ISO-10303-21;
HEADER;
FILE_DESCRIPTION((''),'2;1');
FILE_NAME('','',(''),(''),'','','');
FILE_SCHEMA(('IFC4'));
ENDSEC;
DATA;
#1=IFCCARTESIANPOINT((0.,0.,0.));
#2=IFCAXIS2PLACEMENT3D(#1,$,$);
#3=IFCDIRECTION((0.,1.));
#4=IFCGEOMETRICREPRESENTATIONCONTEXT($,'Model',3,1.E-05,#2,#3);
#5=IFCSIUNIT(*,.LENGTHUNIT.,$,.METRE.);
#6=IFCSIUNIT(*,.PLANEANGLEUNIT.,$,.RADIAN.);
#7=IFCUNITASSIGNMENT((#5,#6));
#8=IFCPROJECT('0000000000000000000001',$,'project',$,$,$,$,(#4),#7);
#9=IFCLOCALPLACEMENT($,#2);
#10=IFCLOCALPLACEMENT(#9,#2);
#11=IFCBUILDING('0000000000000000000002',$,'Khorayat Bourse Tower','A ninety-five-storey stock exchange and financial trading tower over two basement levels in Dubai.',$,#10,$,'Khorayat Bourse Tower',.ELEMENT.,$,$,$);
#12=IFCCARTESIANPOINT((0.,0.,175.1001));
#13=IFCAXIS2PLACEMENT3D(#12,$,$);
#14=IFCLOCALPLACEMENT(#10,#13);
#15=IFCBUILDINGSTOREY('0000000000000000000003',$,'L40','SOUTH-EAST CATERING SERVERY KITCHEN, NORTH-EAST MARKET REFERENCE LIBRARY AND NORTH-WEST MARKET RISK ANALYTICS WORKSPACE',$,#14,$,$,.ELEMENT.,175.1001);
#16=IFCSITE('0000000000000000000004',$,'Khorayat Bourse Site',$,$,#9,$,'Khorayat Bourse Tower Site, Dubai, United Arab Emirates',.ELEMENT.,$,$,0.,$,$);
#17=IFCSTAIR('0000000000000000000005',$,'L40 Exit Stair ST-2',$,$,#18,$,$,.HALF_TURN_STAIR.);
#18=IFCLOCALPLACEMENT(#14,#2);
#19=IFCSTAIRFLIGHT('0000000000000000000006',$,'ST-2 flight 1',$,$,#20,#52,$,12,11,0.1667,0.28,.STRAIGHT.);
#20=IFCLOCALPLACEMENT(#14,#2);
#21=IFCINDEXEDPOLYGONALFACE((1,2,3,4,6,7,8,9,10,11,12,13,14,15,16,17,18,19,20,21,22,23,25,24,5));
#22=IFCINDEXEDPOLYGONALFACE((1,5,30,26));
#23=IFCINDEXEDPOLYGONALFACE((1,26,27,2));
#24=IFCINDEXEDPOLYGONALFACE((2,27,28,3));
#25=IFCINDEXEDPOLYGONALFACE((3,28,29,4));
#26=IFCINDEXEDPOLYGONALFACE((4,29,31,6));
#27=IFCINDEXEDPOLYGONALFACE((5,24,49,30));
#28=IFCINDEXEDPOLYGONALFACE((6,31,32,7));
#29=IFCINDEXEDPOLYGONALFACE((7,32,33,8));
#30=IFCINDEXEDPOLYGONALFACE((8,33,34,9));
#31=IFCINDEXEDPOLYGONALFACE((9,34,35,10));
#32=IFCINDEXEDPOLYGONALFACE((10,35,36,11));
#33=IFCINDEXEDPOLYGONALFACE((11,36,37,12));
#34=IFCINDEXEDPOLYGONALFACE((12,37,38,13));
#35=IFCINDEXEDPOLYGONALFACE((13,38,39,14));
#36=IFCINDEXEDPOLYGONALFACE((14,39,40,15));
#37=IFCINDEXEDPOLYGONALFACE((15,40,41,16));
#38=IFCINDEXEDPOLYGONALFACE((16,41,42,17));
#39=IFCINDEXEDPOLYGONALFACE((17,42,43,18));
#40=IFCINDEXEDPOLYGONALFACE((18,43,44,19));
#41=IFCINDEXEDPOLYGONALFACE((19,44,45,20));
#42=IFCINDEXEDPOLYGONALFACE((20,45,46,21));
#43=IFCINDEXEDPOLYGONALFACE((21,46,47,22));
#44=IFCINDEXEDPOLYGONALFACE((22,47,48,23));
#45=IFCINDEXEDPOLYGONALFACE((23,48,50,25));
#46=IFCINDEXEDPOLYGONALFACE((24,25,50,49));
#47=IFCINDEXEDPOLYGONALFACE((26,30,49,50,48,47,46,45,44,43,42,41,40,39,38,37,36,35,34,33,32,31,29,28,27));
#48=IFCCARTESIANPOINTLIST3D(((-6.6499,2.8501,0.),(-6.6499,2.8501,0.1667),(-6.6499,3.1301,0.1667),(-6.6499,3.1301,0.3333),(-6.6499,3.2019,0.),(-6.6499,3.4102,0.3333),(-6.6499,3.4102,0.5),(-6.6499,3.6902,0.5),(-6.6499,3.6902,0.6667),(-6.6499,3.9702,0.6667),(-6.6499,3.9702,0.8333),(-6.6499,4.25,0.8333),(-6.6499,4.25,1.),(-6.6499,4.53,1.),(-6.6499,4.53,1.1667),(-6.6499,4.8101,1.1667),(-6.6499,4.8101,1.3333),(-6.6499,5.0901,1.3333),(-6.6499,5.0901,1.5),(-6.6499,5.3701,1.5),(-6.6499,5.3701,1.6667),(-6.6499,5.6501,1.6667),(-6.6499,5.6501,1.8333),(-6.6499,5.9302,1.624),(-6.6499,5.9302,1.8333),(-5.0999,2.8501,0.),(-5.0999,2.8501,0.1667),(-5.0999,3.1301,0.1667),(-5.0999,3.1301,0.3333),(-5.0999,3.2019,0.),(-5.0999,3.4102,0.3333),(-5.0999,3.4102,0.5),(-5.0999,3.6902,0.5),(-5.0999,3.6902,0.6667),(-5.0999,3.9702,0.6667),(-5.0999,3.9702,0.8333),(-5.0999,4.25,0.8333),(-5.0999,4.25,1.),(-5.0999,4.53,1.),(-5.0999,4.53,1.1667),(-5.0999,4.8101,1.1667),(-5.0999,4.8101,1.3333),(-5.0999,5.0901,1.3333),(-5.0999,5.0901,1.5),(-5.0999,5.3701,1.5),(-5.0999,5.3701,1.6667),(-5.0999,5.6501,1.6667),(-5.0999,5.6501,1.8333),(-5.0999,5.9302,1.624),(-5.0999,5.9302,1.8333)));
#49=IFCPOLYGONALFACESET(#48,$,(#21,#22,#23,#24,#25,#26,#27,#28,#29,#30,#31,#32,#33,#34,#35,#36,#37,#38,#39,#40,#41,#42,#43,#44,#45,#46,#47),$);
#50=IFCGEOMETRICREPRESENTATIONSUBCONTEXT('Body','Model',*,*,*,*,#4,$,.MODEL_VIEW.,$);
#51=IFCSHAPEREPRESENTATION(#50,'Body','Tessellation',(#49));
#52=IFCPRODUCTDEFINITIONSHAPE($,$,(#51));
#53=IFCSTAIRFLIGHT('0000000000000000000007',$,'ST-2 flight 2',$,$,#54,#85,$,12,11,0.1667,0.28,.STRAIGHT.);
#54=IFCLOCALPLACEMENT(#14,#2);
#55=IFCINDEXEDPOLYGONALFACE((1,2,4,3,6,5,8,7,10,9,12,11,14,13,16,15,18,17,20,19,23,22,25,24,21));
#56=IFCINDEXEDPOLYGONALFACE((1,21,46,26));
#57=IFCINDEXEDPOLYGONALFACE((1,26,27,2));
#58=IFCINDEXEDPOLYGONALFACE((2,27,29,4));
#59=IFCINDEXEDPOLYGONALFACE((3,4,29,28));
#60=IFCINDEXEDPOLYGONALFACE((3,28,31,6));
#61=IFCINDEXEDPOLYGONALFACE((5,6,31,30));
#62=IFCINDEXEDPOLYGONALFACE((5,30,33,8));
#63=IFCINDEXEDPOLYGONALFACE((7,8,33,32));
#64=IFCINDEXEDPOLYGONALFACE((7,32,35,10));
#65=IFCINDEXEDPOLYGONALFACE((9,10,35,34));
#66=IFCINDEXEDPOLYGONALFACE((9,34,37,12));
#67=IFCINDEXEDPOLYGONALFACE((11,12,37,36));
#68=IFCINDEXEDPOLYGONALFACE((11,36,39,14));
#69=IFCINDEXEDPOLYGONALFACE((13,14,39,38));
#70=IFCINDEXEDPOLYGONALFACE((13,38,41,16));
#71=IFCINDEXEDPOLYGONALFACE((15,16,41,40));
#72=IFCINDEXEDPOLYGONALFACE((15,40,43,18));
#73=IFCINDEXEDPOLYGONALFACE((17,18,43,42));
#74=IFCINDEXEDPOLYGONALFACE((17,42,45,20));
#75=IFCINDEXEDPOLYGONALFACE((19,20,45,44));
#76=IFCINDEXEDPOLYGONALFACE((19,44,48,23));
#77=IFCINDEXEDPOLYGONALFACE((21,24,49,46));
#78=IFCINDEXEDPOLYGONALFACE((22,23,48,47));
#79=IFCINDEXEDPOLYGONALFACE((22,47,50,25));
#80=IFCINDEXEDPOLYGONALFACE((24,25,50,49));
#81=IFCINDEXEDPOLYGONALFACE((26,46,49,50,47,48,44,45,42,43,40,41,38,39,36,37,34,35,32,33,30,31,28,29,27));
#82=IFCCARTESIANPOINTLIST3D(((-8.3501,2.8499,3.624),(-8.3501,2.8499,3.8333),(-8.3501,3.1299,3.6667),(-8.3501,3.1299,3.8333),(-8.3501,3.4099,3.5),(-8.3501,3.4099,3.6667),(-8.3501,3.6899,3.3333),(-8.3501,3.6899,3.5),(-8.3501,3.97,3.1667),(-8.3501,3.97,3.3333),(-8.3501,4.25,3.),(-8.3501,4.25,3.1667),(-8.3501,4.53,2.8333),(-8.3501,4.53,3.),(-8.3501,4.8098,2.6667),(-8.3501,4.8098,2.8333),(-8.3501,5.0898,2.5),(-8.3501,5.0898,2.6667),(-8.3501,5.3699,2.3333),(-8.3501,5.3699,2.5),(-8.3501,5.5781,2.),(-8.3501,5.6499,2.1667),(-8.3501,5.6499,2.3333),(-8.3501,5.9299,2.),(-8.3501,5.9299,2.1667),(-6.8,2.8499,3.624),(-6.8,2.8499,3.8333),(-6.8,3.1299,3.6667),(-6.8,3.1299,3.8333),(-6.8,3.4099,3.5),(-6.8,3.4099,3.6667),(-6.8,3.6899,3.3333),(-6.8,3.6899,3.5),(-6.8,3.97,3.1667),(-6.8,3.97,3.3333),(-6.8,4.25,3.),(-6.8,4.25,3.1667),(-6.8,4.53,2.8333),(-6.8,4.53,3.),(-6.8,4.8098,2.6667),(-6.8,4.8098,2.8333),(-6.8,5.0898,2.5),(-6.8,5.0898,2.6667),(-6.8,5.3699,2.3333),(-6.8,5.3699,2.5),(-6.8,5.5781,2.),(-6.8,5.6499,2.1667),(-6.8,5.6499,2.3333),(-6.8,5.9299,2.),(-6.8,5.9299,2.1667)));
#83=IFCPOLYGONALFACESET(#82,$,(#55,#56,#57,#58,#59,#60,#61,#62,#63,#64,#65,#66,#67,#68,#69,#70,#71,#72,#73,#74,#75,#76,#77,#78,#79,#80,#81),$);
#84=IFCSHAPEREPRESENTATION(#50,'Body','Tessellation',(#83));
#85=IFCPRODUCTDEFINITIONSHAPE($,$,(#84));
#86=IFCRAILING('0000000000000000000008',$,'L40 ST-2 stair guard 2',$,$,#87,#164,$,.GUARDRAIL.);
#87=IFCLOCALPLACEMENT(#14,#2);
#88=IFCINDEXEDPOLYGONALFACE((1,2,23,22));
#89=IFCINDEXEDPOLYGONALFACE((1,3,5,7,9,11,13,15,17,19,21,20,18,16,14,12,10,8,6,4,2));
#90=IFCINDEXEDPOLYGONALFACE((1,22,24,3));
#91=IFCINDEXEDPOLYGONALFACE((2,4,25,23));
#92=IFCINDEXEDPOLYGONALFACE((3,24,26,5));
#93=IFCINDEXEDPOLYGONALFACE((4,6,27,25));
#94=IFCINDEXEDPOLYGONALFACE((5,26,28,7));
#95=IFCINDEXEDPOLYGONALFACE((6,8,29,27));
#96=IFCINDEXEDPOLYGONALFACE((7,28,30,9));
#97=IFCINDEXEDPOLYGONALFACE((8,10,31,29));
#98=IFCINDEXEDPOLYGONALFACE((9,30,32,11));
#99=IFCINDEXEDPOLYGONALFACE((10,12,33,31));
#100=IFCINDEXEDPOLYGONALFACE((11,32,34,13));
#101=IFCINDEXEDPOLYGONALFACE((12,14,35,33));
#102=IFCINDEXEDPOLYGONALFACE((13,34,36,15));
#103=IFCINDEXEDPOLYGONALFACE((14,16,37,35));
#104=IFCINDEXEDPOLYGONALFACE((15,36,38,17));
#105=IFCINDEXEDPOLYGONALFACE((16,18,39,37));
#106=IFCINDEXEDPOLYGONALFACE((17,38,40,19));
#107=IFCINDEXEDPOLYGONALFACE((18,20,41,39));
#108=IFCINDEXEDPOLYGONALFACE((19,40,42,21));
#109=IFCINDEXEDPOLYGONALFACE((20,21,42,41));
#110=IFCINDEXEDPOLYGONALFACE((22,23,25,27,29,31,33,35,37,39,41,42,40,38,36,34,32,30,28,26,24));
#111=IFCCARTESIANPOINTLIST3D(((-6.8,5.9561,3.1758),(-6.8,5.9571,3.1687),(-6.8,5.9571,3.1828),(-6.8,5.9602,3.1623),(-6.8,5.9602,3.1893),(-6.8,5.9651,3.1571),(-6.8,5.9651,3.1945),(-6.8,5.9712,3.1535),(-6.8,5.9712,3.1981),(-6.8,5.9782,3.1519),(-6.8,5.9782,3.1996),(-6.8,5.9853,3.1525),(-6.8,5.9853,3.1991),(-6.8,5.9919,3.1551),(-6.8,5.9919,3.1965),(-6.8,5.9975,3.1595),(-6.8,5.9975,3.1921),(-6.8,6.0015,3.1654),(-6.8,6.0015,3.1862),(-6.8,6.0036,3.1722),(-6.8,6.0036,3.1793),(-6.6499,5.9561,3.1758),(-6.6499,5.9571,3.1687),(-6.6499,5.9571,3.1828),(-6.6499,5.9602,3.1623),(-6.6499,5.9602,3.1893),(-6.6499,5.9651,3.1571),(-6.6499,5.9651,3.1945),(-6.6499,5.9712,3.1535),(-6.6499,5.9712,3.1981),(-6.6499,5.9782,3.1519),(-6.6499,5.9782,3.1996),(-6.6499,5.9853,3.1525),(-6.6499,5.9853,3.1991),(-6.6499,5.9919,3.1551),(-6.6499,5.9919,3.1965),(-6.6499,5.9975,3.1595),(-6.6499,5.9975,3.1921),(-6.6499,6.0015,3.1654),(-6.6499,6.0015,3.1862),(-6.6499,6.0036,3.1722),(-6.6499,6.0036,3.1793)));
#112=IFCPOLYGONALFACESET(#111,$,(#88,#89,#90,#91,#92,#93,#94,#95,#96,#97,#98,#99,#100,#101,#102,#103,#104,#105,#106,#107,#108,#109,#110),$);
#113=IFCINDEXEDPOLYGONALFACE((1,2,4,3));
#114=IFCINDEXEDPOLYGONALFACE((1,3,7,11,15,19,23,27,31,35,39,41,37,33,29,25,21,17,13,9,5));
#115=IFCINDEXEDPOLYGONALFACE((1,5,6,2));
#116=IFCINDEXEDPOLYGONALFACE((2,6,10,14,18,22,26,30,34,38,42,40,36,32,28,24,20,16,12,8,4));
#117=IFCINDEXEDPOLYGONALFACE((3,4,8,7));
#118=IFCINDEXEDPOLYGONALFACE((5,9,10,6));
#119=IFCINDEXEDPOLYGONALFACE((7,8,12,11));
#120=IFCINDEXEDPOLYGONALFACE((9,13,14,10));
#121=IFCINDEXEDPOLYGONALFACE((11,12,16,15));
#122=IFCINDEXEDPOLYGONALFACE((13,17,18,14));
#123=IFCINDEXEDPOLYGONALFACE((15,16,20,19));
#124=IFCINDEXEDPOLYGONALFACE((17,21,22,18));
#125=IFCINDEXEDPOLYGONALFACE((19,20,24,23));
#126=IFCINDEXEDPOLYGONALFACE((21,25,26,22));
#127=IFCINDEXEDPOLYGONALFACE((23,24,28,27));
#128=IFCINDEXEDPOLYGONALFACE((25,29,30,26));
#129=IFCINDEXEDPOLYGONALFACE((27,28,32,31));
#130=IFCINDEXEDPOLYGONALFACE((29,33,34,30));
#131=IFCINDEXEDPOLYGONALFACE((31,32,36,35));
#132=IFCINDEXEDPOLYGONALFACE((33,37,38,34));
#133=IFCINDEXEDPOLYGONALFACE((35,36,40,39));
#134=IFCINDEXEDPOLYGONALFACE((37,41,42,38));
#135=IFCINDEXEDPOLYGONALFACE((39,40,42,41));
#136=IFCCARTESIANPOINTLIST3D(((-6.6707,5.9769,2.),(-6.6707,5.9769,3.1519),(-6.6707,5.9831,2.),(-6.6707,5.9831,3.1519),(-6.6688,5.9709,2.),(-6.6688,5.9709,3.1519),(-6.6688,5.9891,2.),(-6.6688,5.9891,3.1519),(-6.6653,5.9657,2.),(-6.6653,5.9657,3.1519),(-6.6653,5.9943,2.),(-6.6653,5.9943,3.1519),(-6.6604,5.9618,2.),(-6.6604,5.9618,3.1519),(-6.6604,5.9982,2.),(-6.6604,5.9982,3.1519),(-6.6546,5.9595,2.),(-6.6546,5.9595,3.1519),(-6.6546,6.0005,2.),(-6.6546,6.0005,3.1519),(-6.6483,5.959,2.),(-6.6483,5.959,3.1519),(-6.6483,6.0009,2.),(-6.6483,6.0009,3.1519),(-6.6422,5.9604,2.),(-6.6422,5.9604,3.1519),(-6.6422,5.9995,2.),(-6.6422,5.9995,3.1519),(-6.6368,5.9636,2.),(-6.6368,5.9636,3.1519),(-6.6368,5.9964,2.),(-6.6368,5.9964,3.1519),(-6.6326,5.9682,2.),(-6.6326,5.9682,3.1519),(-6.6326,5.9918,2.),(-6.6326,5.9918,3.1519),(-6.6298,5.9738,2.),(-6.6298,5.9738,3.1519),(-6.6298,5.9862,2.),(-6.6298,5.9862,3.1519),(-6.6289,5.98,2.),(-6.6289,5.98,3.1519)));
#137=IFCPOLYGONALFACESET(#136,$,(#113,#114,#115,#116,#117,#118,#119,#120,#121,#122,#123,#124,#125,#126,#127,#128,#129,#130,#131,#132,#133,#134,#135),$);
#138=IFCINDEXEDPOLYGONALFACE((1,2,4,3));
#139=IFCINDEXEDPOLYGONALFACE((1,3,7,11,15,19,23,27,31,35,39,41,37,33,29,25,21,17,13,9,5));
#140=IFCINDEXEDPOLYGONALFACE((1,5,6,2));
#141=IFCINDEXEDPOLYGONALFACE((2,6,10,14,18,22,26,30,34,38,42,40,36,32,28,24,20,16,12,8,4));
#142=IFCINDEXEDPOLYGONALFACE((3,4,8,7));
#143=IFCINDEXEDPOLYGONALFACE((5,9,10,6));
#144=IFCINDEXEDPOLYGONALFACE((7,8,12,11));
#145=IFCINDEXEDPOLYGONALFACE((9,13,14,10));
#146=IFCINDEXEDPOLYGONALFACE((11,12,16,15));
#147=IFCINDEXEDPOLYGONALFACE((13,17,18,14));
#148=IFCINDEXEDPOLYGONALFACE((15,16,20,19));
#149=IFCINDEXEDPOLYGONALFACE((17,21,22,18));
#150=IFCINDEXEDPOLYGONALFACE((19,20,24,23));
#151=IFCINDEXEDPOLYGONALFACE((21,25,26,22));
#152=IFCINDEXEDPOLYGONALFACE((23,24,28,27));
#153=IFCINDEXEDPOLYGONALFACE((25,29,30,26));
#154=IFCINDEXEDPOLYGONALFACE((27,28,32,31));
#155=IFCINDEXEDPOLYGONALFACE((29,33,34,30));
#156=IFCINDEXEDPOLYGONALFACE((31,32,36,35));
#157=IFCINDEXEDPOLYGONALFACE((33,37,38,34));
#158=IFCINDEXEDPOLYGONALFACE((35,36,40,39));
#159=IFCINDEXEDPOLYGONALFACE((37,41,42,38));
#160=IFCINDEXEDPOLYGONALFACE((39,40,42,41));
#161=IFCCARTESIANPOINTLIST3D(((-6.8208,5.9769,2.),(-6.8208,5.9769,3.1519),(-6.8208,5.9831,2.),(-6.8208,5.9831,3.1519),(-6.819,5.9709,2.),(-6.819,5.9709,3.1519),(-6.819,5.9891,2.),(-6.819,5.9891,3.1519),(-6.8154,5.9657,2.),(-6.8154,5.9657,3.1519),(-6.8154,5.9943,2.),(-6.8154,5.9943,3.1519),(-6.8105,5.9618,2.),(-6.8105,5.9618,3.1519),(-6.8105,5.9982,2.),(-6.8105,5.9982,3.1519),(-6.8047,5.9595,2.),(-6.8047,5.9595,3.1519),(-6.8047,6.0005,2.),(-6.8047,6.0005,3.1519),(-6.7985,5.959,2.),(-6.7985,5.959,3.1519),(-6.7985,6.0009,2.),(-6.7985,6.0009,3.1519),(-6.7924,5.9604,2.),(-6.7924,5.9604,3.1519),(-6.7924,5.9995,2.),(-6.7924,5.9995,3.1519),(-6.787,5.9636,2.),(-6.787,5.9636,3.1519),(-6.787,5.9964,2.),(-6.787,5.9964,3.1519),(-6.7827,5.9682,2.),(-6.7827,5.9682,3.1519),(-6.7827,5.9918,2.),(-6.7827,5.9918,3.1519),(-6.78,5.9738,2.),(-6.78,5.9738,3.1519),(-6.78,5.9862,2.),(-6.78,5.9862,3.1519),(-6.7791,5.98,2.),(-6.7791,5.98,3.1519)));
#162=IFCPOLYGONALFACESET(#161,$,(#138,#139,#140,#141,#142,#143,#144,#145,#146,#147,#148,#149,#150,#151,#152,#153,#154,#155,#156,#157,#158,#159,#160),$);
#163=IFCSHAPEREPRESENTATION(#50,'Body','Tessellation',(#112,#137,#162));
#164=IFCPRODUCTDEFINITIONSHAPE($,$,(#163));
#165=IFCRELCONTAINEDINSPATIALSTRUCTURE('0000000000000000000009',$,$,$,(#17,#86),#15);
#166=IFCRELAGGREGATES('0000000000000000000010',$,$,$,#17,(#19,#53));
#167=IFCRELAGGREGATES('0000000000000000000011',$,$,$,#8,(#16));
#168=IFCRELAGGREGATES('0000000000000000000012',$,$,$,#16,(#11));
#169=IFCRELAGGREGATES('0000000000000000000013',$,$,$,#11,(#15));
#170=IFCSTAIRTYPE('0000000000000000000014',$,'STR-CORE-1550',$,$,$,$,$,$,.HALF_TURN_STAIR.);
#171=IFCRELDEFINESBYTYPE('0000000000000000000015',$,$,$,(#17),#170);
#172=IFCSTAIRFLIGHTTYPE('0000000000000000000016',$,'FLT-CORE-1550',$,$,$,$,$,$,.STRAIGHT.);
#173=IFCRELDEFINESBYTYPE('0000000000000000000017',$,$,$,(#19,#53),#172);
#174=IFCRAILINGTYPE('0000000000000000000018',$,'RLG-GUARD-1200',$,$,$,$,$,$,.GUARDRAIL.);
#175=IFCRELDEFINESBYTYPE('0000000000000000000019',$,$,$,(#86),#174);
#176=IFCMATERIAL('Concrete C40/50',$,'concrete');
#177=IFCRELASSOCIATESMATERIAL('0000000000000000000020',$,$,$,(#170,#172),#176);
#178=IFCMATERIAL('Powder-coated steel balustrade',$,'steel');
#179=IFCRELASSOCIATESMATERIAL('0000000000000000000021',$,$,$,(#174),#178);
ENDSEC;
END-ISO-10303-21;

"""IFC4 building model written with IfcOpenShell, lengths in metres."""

from ifc_helpers import new_model, si_unit, direction, frame, origin, origin_2d, place, context, subcontext, project, spatial, polyline, circle, outline, extrude, source, transform, mapped, material, type_object, element, aggregate, save


model = new_model("IFC4")

# Units and contexts
model_context = context("Model", 3, precision=1e-05, world=origin(), true_north=direction((0.0, 1.0)))
body_context = subcontext(model_context, "Body", "Model", "MODEL_VIEW")
ifc_project = project(units=[si_unit("LENGTHUNIT", "METRE"), si_unit("PLANEANGLEUNIT", "RADIAN")], contexts=[model_context])

# Site, building, storey
site_placement = place(None, origin())
site = spatial("IfcSite", under=ifc_project, at=site_placement, Name="Khorayat Bourse Site", LongName="Khorayat Bourse Tower Site, Dubai, United Arab Emirates", CompositionType="ELEMENT", RefElevation=0.0)
building_placement = place(site_placement, origin())
building = spatial("IfcBuilding", under=site, at=building_placement, Name="Khorayat Bourse Tower", Description="A ninety-five-storey stock exchange and financial trading tower over two basement levels in Dubai.", LongName="Khorayat Bourse Tower", CompositionType="ELEMENT")
storey_placement = place(building_placement, frame((0.0, 0.0, 175.1001)))
storey = spatial("IfcBuildingStorey", under=building, at=storey_placement, Name="L40", Description="SOUTH-EAST CATERING SERVERY KITCHEN, NORTH-EAST MARKET REFERENCE LIBRARY AND NORTH-WEST MARKET RISK ANALYTICS WORKSPACE", CompositionType="ELEMENT", Elevation=175.1001)

# Stair, stair flights
ifc_material_1 = material(Name="Concrete C40/50", Category="concrete")
stair_type = type_object("IfcStairType", Name="STR-CORE-1550", PredefinedType="HALF_TURN_STAIR", material=ifc_material_1)
stair_placement = place(storey_placement, origin())
stair = element("IfcStair", 1, at=stair_placement, inside=storey, type_object=stair_type, Name="L40 Exit Stair ST-2", PredefinedType="HALF_TURN_STAIR")
stair_flight_type = type_object("IfcStairFlightType", Name="FLT-CORE-1550", PredefinedType="STRAIGHT", material=ifc_material_1)
shared_shape_1 = source(origin(), body_context, "Body", "SweptSolid", [
    extrude(outline(polyline([(0.0, 0.0), (0.0, 0.1667), (0.28, 0.1667), (0.28, 0.3333), (0.5601, 0.3333), (0.5601, 0.5), (0.8401, 0.5), (0.8401, 0.6667), (1.1201, 0.6667), (1.1201, 0.8333), (1.3999, 0.8333), (1.3999, 1.0), (1.6799, 1.0), (1.6799, 1.1667), (1.96, 1.1667), (1.96, 1.3333), (2.24, 1.3333), (2.24, 1.5), (2.52, 1.5), (2.52, 1.6667), (2.8, 1.6667), (2.8, 1.8333), (3.0801, 1.8333), (3.0801, 2.0), (3.0801, 1.624), (0.3518, 0.0), (0.0, 0.0)])), frame((0.0, 0.7749, 0.0), z_axis=(0.0, -1.0, 0.0), x_axis=(1.0, 0.0, 0.0)), (0.0, 0.0, 1.0), 1.55),
])
stair_flight_1_placement = place(storey_placement, frame((-5.875, 2.8501, 0.0), z_axis=(0.0, 0.0, 1.0), x_axis=(0.0, 1.0, 0.0)))
stair_flight_1 = element("IfcStairFlight", 2, at=stair_flight_1_placement, type_object=stair_flight_type, Name="ST-2 flight 1", NumberOfRisers=12, NumberOfTreads=11, PredefinedType="STRAIGHT", RiserHeight=0.1667, TreadLength=0.28, context=body_context, shape_type="MappedRepresentation", body=[
    mapped(shared_shape_1, transform((0.0, 0.0, 0.0), scale=1.0)),
])
stair_flight_2_placement = place(storey_placement, frame((-7.575, 5.9299, 2.0), z_axis=(0.0, 0.0, 1.0), x_axis=(0.0, -1.0, 0.0)))
stair_flight_2 = element("IfcStairFlight", 3, at=stair_flight_2_placement, type_object=stair_flight_type, Name="ST-2 flight 2", NumberOfRisers=12, NumberOfTreads=11, PredefinedType="STRAIGHT", RiserHeight=0.1667, TreadLength=0.28, context=body_context, shape_type="MappedRepresentation", body=[
    mapped(shared_shape_1, transform((0.0, 0.0, 0.0), scale=1.0)),
])
aggregate(stair, [stair_flight_1, stair_flight_2])

# Railing
ifc_material_2 = material(Name="Powder-coated steel balustrade", Category="steel")
railing_type_1 = type_object("IfcRailingType", Name="RLG-GUARD-1200", PredefinedType="GUARDRAIL", material=ifc_material_2)
shared_shape_2 = source(origin(), body_context, "Body", "SweptSolid", [
    extrude(circle(Radius=0.0239, at=origin_2d()), frame((0.0, 0.0, 1.1758), z_axis=(-1.0, 0.0, 0.0), x_axis=(0.0, -1.0, 0.0)), (0.0, 0.0, 1.0), 0.1501),
    extrude(circle(Radius=0.021, at=origin_2d()), origin(), (0.0, 0.0, 1.0), 1.1519),
    extrude(circle(Radius=0.021, at=origin_2d()), frame((-0.1501, 0.0, 0.0)), (0.0, 0.0, 1.0), 1.1519),
])
for number, where, name in (
    (4, (-6.6499, 5.98, 2.0), "L40 ST-2 stair guard 2"),
):
    element("IfcRailing", number, at=place(storey_placement, frame(where)), inside=storey, type_object=railing_type_1, Name=name, PredefinedType="GUARDRAIL", context=body_context, shape_type="MappedRepresentation", body=[
        mapped(shared_shape_2, transform((0.0, 0.0, 0.0), scale=1.0)),
    ])

save(model, "model.ifc")
